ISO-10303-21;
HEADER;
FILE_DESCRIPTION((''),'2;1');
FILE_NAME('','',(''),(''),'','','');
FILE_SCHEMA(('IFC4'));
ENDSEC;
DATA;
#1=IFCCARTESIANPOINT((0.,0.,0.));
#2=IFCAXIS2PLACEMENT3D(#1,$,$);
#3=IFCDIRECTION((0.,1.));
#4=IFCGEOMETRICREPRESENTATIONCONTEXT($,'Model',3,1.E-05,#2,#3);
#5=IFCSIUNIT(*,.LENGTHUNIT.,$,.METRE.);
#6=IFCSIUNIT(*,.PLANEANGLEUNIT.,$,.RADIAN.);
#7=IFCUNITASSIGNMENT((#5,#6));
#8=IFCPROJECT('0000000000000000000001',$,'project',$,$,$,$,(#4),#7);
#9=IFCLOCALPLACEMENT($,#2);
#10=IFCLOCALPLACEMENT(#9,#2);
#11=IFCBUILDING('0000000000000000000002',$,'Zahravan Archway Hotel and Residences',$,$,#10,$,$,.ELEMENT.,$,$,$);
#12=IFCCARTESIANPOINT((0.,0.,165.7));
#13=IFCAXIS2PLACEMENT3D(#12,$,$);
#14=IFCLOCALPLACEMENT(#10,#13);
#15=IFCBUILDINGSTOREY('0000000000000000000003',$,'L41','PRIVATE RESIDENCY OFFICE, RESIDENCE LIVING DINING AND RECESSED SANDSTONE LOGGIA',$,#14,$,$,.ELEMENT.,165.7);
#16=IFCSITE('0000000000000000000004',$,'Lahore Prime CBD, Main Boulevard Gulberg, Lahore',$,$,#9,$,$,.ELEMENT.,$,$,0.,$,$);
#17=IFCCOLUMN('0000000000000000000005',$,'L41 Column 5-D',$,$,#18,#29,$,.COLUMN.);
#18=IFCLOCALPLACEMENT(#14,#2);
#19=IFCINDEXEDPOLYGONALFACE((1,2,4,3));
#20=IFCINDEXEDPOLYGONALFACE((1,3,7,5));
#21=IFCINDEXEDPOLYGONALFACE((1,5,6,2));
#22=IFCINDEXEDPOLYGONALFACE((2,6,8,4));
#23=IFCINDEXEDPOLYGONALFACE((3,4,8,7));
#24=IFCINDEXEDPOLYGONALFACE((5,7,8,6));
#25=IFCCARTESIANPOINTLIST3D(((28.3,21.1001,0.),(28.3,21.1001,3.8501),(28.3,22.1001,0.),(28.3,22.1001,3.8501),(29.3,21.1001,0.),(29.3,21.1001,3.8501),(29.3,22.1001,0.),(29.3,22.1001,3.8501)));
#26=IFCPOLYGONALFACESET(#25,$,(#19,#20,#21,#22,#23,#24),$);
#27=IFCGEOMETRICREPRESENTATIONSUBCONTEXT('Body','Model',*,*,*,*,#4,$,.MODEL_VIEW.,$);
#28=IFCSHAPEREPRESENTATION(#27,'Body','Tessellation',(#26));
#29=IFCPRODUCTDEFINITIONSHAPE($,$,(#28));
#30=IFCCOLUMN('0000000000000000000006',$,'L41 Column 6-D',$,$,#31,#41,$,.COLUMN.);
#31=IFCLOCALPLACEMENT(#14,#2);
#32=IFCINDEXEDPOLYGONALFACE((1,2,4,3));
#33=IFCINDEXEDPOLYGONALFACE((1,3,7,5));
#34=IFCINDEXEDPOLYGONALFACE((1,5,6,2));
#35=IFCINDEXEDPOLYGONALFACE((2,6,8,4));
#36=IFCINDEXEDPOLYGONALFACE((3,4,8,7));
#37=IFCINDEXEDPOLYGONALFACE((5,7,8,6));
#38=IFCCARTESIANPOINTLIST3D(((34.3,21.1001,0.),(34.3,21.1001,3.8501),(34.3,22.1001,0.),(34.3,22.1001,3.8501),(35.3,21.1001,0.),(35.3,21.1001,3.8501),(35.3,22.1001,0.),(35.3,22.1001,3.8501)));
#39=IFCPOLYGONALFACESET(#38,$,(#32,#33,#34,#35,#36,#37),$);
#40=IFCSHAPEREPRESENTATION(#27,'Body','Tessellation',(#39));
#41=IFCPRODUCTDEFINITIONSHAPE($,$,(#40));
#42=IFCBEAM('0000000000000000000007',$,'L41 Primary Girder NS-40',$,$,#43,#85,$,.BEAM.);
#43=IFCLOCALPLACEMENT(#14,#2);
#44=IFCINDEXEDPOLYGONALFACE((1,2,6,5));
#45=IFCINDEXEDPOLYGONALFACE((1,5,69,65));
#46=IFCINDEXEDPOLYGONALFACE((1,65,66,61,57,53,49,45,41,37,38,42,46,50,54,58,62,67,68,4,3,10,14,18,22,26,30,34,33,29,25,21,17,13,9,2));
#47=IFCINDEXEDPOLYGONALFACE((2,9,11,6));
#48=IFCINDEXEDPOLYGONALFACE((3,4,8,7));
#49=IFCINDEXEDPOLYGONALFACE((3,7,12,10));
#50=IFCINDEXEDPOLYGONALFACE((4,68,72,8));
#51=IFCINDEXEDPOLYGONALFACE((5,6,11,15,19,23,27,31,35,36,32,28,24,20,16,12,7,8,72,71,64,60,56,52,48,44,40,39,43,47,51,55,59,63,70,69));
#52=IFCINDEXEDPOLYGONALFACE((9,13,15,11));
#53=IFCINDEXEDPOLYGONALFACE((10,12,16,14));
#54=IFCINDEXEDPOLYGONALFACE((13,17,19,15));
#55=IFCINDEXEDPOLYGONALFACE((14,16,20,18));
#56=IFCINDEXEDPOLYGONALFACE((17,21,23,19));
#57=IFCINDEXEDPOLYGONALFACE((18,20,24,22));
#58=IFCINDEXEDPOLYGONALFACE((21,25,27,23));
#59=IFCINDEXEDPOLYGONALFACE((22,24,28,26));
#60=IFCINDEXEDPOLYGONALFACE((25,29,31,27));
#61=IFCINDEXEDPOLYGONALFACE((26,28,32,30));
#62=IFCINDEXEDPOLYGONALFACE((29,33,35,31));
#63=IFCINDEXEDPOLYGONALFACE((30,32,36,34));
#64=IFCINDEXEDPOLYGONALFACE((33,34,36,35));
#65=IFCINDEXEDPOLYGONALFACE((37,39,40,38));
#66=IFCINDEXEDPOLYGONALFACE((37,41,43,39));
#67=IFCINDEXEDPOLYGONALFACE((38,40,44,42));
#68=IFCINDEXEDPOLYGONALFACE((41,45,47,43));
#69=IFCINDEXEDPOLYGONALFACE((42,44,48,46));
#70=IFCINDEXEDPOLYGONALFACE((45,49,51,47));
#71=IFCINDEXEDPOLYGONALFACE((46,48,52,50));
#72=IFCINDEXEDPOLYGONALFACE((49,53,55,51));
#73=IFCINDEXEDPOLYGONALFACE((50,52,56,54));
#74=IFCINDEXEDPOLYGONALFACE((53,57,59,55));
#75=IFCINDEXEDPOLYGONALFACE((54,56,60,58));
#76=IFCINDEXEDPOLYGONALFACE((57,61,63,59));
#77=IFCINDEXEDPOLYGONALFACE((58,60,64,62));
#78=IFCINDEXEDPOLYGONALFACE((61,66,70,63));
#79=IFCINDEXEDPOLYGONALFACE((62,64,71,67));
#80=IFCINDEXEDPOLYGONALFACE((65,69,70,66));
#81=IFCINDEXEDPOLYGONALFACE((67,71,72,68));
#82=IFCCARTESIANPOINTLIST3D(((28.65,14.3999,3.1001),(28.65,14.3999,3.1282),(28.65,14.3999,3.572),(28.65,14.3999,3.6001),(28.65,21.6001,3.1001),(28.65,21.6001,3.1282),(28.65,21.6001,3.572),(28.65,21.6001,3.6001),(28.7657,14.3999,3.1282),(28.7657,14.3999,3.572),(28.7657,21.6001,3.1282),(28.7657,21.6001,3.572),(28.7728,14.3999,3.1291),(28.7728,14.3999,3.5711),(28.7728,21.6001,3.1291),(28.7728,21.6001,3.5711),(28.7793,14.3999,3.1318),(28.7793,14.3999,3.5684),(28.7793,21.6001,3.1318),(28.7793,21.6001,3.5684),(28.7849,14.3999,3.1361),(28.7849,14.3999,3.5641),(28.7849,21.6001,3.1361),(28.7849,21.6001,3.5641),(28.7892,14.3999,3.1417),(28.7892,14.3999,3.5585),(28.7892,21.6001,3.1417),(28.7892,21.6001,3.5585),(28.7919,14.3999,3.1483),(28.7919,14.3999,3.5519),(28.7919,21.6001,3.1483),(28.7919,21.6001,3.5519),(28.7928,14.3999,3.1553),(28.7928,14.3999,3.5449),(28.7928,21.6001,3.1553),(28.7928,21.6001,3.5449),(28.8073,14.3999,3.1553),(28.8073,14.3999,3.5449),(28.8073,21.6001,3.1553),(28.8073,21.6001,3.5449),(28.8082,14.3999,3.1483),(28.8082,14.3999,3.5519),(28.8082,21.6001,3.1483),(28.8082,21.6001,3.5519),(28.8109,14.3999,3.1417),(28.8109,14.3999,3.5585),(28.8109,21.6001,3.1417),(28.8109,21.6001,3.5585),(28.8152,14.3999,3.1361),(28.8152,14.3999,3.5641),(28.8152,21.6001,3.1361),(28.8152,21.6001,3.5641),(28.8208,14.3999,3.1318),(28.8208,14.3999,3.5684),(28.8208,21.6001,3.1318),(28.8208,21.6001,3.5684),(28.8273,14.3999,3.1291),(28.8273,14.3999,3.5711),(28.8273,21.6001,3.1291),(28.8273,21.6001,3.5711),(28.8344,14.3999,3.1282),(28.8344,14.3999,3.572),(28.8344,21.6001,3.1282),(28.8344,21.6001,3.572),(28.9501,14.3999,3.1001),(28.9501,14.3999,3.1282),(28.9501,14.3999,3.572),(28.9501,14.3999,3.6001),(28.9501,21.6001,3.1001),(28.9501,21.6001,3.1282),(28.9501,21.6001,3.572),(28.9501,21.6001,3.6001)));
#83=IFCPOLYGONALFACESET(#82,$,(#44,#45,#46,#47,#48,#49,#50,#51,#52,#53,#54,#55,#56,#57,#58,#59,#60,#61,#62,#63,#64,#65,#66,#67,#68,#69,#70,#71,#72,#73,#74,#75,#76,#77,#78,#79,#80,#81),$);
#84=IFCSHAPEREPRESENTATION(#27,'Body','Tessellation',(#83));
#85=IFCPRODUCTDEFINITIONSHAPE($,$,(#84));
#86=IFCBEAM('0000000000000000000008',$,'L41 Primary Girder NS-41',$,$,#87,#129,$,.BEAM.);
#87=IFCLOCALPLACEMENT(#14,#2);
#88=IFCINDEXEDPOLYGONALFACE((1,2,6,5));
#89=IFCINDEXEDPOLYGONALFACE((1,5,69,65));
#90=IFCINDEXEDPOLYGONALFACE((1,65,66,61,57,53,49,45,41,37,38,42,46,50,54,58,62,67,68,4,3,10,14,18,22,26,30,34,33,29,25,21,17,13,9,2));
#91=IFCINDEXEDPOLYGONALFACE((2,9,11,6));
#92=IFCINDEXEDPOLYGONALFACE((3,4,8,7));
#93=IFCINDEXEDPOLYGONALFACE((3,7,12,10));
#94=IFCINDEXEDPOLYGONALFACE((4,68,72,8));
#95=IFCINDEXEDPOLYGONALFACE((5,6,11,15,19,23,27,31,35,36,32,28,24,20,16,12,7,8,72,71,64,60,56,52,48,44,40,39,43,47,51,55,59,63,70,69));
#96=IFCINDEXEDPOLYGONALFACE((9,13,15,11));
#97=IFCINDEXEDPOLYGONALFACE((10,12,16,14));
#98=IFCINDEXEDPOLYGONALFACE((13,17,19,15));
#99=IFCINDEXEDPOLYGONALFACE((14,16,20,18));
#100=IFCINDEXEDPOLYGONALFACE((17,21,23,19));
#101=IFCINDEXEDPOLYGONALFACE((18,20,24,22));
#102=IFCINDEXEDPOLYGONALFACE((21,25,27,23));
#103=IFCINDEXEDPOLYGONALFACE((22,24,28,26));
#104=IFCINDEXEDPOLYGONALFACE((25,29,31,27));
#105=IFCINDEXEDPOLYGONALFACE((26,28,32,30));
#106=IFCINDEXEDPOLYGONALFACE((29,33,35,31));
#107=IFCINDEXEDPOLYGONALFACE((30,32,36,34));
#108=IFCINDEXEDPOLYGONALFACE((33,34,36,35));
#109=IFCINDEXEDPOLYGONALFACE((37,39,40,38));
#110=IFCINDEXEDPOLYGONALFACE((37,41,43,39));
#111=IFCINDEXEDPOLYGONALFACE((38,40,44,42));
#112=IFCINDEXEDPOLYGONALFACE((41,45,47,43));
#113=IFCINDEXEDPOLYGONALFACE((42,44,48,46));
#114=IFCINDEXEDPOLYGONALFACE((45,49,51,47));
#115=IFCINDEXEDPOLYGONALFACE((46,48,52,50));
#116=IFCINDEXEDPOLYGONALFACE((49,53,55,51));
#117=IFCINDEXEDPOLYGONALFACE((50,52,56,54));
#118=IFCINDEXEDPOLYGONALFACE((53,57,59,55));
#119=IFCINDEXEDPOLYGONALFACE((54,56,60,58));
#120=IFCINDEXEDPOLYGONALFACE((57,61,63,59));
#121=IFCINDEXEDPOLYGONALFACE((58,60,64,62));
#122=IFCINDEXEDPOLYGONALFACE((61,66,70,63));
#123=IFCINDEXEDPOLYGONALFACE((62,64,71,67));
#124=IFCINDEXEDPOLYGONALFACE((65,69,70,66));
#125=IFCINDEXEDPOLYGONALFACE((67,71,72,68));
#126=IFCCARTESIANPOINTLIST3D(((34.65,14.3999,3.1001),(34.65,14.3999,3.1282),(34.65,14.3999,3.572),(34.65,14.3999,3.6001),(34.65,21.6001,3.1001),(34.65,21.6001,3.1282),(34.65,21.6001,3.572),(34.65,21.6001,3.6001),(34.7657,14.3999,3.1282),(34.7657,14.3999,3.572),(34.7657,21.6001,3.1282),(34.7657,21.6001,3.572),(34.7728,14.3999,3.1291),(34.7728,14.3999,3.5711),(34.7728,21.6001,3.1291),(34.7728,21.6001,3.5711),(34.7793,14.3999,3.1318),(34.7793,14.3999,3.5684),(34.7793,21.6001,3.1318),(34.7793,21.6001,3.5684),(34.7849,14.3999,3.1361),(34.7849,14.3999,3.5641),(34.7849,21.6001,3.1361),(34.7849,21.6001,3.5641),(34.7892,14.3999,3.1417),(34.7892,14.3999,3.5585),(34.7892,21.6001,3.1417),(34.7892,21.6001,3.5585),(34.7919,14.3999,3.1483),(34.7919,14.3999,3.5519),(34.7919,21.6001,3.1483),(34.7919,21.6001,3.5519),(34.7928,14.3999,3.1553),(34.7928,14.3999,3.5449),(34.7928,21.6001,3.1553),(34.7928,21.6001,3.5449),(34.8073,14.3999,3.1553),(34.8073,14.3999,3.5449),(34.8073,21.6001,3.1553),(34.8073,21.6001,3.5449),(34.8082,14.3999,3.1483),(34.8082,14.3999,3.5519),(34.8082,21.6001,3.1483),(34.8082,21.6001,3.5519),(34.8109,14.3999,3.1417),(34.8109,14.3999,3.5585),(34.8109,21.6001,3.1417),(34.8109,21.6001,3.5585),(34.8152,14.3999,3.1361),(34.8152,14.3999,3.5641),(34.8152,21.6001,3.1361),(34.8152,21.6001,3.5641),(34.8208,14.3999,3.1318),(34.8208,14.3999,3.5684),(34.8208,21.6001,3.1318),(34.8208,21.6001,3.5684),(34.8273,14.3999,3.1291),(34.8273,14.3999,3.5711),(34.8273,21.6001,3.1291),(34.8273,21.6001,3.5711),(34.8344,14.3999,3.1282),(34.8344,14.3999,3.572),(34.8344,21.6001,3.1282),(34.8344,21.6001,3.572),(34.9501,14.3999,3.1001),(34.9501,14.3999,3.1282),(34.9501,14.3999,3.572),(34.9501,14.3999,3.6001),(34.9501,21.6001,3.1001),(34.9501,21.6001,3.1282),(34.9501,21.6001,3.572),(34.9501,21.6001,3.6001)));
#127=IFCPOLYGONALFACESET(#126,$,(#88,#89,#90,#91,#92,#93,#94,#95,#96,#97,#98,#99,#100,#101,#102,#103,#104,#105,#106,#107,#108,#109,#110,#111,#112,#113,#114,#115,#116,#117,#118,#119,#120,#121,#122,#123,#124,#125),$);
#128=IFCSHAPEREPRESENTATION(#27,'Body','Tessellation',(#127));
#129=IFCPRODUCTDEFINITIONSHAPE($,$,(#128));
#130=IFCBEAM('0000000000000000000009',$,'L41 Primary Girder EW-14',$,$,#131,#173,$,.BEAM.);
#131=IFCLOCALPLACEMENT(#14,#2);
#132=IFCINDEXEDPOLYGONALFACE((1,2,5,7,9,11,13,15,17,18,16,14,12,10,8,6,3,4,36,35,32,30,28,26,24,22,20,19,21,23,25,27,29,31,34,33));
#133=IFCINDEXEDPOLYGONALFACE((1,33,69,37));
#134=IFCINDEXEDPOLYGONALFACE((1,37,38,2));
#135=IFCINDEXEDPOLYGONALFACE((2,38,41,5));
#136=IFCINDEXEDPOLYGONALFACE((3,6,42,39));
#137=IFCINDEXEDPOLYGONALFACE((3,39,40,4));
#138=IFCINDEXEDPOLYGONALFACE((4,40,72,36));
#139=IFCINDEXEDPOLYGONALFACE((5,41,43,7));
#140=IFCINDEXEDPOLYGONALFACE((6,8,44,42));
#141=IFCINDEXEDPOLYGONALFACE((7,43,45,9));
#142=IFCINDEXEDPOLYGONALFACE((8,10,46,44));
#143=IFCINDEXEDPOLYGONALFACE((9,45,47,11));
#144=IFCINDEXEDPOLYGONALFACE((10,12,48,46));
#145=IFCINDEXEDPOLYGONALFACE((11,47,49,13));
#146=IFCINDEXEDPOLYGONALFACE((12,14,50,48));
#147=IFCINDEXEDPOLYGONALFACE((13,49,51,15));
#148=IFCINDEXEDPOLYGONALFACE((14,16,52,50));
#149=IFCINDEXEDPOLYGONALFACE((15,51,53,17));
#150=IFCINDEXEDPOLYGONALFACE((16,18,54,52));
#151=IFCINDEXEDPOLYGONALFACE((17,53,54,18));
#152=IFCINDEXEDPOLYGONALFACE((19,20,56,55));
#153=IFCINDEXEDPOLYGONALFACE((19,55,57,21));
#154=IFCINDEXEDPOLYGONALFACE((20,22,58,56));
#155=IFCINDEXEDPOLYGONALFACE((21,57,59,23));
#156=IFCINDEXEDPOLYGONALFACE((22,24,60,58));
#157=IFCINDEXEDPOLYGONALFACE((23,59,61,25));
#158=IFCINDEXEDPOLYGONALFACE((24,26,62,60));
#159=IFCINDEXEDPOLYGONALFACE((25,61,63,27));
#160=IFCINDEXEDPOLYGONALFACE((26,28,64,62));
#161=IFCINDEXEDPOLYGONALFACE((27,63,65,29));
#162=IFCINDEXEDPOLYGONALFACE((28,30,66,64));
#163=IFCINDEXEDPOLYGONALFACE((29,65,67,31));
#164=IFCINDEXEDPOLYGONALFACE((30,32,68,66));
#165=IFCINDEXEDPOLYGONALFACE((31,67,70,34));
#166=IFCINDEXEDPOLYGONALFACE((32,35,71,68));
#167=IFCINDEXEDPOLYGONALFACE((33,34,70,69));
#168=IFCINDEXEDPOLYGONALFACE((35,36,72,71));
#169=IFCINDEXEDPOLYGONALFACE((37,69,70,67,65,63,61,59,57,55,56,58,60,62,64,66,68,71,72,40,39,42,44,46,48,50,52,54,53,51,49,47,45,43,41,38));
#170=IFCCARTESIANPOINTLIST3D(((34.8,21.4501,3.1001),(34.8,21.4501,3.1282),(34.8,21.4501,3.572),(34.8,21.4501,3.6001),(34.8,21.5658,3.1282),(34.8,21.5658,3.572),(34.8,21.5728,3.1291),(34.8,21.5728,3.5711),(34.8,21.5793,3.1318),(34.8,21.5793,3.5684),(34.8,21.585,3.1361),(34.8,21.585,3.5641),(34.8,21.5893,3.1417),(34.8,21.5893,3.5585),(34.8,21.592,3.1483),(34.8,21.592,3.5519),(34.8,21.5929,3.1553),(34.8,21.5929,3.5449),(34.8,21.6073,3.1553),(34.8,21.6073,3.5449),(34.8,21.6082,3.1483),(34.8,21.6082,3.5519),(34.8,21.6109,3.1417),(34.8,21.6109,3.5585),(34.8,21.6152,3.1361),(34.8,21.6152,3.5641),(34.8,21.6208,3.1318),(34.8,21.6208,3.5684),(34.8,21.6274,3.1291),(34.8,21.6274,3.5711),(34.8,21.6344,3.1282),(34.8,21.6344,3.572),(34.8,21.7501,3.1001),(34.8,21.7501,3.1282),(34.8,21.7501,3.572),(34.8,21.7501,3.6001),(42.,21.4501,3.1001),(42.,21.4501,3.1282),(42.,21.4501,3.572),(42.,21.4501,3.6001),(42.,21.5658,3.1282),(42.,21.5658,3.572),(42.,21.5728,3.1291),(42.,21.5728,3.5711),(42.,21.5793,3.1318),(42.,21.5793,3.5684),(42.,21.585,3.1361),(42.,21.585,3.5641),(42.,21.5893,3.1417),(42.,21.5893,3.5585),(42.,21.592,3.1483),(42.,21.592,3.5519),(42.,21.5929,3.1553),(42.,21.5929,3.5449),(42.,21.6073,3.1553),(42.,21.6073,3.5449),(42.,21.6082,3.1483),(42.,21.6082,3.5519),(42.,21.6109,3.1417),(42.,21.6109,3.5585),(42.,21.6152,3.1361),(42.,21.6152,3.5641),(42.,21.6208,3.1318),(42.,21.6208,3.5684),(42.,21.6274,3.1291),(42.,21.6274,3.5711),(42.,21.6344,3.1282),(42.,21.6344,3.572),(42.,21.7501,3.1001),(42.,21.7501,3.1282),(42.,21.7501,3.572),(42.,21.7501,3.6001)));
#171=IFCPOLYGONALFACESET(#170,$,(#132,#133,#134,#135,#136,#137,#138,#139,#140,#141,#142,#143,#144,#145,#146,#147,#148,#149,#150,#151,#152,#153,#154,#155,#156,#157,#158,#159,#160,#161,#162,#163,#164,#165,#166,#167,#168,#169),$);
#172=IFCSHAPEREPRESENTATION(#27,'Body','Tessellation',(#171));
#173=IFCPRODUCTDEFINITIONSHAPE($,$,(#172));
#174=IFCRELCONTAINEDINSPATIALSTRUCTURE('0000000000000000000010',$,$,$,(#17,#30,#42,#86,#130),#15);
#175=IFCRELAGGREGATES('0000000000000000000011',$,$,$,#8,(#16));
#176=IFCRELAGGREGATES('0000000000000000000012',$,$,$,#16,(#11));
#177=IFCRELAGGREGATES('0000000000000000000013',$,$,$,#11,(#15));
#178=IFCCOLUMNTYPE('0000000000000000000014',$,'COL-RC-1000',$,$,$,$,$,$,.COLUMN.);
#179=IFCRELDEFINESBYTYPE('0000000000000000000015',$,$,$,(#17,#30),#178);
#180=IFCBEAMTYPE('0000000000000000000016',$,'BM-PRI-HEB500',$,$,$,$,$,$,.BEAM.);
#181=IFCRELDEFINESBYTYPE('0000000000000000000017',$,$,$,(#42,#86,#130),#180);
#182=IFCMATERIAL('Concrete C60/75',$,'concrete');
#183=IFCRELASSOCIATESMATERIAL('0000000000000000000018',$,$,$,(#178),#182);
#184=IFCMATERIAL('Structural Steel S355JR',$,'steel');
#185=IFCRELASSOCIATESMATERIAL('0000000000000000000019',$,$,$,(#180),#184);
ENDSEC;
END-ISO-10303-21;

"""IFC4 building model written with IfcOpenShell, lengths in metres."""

from ifc_helpers import new_model, si_unit, direction, frame, origin, origin_2d, place, context, subcontext, project, spatial, rectangle, i_section, extrude, source, transform, mapped, material, material_profile, profile_set, type_object, type_shapes, element, save


model = new_model("IFC4")

# Units and contexts
model_context = context("Model", 3, precision=1e-05, world=origin(), true_north=direction((0.0, 1.0)))
body_context = subcontext(model_context, "Body", "Model", "MODEL_VIEW")
ifc_project = project(units=[si_unit("LENGTHUNIT", "METRE"), si_unit("PLANEANGLEUNIT", "RADIAN")], contexts=[model_context])

# Site, building, storey
site_placement = place(None, origin())
site = spatial("IfcSite", under=ifc_project, at=site_placement, Name="Lahore Prime CBD, Main Boulevard Gulberg, Lahore", CompositionType="ELEMENT", RefElevation=0.0)
building_placement = place(site_placement, origin())
building = spatial("IfcBuilding", under=site, at=building_placement, Name="Zahravan Archway Hotel and Residences", CompositionType="ELEMENT")
storey_placement = place(building_placement, frame((0.0, 0.0, 165.7)))
storey = spatial("IfcBuildingStorey", under=building, at=storey_placement, Name="L41", Description="PRIVATE RESIDENCY OFFICE, RESIDENCE LIVING DINING AND RECESSED SANDSTONE LOGGIA", CompositionType="ELEMENT", Elevation=165.7)

# Columns
ifc_material_1 = material(Name="Concrete C60/75", Category="concrete")
ifc_material_profile_1 = material_profile(ifc_material_1, rectangle(XDim=1.0, YDim=1.0, at=origin_2d()), Name="RC-COL-1000x1000", Category="concrete")
ifc_profile_set_1 = profile_set([ifc_material_profile_1], Name="Concrete C60/75")
column_type = type_object("IfcColumnType", Name="COL-RC-1000", PredefinedType="COLUMN", material=ifc_profile_set_1)
shared_shape_1 = source(origin(), body_context, "Body", "SweptSolid", [
    extrude(rectangle(XDim=1.0, YDim=1.0, at=origin_2d()), origin(), (0.0, 0.0, 1.0), 3.8501),
])
for number, where, z_axis, x_axis, name in (
    (1, (28.8, 21.6001, 0.0), (0.0, 0.0, 1.0), (1.0, 0.0, 0.0), "L41 Column 5-D"),
    (2, (34.8, 21.6001, 0.0), (0.0, 0.0, 1.0), (1.0, 0.0, 0.0), "L41 Column 6-D"),
):
    element("IfcColumn", number, at=place(storey_placement, frame(where, z_axis=z_axis, x_axis=x_axis)), inside=storey, type_object=column_type, Name=name, PredefinedType="COLUMN", context=body_context, shape_type="MappedRepresentation", body=[
        mapped(shared_shape_1, transform((0.0, 0.0, 0.0), scale=1.0)),
    ])

# Beams
ifc_material_2 = material(Name="Structural Steel S355JR", Category="steel")
ifc_material_profile_2 = material_profile(ifc_material_2, i_section(OverallWidth=0.3, OverallDepth=0.5, WebThickness=0.0144, FlangeThickness=0.0281, FilletRadius=0.0271, at=origin_2d()), Name="HEB 500", Category="steel")
ifc_profile_set_2 = profile_set([ifc_material_profile_2], Name="Structural Steel S355JR")
beam_type_1 = type_object("IfcBeamType", Name="BM-PRI-HEB500", PredefinedType="BEAM", material=ifc_profile_set_2)
shared_shape_2 = source(origin(), body_context, "Body", "SweptSolid", [
    extrude(i_section(OverallWidth=0.3, OverallDepth=0.5, WebThickness=0.0144, FlangeThickness=0.0281, FilletRadius=0.0271, at=origin_2d()), origin(), (0.0, 0.0, 1.0), 7.2002),
])
type_shapes(beam_type_1, [shared_shape_2])
for number, where, z_axis, x_axis, name in (
    (3, (28.8, 14.3999, 3.3501), (0.0, 1.0, 0.0), (-1.0, 0.0, 0.0), "L41 Primary Girder NS-40"),
    (4, (34.8, 14.3999, 3.3501), (0.0, 1.0, 0.0), (-1.0, 0.0, 0.0), "L41 Primary Girder NS-41"),
):
    element("IfcBeam", number, at=place(storey_placement, frame(where, z_axis=z_axis, x_axis=x_axis)), inside=storey, type_object=beam_type_1, Name=name, PredefinedType="BEAM", context=body_context, shape_type="MappedRepresentation", body=[
        mapped(shared_shape_2, transform((0.0, 0.0, 0.0), scale=1.0)),
    ])
shared_shape_3 = source(origin(), body_context, "Body", "SweptSolid", [
    extrude(i_section(OverallWidth=0.3, OverallDepth=0.5, WebThickness=0.0144, FlangeThickness=0.0281, FilletRadius=0.0271, at=origin_2d()), origin(), (0.0, 0.0, 1.0), 7.2),
])
beam_1_placement = place(storey_placement, frame((34.8, 21.6001, 3.3501), z_axis=(1.0, 0.0, 0.0), x_axis=(0.0, 1.0, 0.0)))
element("IfcBeam", 5, at=beam_1_placement, inside=storey, type_object=beam_type_1, Name="L41 Primary Girder EW-14", PredefinedType="BEAM", context=body_context, shape_type="MappedRepresentation", body=[
    mapped(shared_shape_3, transform((0.0, 0.0, 0.0), scale=1.0)),
])

save(model, "model.ifc")
